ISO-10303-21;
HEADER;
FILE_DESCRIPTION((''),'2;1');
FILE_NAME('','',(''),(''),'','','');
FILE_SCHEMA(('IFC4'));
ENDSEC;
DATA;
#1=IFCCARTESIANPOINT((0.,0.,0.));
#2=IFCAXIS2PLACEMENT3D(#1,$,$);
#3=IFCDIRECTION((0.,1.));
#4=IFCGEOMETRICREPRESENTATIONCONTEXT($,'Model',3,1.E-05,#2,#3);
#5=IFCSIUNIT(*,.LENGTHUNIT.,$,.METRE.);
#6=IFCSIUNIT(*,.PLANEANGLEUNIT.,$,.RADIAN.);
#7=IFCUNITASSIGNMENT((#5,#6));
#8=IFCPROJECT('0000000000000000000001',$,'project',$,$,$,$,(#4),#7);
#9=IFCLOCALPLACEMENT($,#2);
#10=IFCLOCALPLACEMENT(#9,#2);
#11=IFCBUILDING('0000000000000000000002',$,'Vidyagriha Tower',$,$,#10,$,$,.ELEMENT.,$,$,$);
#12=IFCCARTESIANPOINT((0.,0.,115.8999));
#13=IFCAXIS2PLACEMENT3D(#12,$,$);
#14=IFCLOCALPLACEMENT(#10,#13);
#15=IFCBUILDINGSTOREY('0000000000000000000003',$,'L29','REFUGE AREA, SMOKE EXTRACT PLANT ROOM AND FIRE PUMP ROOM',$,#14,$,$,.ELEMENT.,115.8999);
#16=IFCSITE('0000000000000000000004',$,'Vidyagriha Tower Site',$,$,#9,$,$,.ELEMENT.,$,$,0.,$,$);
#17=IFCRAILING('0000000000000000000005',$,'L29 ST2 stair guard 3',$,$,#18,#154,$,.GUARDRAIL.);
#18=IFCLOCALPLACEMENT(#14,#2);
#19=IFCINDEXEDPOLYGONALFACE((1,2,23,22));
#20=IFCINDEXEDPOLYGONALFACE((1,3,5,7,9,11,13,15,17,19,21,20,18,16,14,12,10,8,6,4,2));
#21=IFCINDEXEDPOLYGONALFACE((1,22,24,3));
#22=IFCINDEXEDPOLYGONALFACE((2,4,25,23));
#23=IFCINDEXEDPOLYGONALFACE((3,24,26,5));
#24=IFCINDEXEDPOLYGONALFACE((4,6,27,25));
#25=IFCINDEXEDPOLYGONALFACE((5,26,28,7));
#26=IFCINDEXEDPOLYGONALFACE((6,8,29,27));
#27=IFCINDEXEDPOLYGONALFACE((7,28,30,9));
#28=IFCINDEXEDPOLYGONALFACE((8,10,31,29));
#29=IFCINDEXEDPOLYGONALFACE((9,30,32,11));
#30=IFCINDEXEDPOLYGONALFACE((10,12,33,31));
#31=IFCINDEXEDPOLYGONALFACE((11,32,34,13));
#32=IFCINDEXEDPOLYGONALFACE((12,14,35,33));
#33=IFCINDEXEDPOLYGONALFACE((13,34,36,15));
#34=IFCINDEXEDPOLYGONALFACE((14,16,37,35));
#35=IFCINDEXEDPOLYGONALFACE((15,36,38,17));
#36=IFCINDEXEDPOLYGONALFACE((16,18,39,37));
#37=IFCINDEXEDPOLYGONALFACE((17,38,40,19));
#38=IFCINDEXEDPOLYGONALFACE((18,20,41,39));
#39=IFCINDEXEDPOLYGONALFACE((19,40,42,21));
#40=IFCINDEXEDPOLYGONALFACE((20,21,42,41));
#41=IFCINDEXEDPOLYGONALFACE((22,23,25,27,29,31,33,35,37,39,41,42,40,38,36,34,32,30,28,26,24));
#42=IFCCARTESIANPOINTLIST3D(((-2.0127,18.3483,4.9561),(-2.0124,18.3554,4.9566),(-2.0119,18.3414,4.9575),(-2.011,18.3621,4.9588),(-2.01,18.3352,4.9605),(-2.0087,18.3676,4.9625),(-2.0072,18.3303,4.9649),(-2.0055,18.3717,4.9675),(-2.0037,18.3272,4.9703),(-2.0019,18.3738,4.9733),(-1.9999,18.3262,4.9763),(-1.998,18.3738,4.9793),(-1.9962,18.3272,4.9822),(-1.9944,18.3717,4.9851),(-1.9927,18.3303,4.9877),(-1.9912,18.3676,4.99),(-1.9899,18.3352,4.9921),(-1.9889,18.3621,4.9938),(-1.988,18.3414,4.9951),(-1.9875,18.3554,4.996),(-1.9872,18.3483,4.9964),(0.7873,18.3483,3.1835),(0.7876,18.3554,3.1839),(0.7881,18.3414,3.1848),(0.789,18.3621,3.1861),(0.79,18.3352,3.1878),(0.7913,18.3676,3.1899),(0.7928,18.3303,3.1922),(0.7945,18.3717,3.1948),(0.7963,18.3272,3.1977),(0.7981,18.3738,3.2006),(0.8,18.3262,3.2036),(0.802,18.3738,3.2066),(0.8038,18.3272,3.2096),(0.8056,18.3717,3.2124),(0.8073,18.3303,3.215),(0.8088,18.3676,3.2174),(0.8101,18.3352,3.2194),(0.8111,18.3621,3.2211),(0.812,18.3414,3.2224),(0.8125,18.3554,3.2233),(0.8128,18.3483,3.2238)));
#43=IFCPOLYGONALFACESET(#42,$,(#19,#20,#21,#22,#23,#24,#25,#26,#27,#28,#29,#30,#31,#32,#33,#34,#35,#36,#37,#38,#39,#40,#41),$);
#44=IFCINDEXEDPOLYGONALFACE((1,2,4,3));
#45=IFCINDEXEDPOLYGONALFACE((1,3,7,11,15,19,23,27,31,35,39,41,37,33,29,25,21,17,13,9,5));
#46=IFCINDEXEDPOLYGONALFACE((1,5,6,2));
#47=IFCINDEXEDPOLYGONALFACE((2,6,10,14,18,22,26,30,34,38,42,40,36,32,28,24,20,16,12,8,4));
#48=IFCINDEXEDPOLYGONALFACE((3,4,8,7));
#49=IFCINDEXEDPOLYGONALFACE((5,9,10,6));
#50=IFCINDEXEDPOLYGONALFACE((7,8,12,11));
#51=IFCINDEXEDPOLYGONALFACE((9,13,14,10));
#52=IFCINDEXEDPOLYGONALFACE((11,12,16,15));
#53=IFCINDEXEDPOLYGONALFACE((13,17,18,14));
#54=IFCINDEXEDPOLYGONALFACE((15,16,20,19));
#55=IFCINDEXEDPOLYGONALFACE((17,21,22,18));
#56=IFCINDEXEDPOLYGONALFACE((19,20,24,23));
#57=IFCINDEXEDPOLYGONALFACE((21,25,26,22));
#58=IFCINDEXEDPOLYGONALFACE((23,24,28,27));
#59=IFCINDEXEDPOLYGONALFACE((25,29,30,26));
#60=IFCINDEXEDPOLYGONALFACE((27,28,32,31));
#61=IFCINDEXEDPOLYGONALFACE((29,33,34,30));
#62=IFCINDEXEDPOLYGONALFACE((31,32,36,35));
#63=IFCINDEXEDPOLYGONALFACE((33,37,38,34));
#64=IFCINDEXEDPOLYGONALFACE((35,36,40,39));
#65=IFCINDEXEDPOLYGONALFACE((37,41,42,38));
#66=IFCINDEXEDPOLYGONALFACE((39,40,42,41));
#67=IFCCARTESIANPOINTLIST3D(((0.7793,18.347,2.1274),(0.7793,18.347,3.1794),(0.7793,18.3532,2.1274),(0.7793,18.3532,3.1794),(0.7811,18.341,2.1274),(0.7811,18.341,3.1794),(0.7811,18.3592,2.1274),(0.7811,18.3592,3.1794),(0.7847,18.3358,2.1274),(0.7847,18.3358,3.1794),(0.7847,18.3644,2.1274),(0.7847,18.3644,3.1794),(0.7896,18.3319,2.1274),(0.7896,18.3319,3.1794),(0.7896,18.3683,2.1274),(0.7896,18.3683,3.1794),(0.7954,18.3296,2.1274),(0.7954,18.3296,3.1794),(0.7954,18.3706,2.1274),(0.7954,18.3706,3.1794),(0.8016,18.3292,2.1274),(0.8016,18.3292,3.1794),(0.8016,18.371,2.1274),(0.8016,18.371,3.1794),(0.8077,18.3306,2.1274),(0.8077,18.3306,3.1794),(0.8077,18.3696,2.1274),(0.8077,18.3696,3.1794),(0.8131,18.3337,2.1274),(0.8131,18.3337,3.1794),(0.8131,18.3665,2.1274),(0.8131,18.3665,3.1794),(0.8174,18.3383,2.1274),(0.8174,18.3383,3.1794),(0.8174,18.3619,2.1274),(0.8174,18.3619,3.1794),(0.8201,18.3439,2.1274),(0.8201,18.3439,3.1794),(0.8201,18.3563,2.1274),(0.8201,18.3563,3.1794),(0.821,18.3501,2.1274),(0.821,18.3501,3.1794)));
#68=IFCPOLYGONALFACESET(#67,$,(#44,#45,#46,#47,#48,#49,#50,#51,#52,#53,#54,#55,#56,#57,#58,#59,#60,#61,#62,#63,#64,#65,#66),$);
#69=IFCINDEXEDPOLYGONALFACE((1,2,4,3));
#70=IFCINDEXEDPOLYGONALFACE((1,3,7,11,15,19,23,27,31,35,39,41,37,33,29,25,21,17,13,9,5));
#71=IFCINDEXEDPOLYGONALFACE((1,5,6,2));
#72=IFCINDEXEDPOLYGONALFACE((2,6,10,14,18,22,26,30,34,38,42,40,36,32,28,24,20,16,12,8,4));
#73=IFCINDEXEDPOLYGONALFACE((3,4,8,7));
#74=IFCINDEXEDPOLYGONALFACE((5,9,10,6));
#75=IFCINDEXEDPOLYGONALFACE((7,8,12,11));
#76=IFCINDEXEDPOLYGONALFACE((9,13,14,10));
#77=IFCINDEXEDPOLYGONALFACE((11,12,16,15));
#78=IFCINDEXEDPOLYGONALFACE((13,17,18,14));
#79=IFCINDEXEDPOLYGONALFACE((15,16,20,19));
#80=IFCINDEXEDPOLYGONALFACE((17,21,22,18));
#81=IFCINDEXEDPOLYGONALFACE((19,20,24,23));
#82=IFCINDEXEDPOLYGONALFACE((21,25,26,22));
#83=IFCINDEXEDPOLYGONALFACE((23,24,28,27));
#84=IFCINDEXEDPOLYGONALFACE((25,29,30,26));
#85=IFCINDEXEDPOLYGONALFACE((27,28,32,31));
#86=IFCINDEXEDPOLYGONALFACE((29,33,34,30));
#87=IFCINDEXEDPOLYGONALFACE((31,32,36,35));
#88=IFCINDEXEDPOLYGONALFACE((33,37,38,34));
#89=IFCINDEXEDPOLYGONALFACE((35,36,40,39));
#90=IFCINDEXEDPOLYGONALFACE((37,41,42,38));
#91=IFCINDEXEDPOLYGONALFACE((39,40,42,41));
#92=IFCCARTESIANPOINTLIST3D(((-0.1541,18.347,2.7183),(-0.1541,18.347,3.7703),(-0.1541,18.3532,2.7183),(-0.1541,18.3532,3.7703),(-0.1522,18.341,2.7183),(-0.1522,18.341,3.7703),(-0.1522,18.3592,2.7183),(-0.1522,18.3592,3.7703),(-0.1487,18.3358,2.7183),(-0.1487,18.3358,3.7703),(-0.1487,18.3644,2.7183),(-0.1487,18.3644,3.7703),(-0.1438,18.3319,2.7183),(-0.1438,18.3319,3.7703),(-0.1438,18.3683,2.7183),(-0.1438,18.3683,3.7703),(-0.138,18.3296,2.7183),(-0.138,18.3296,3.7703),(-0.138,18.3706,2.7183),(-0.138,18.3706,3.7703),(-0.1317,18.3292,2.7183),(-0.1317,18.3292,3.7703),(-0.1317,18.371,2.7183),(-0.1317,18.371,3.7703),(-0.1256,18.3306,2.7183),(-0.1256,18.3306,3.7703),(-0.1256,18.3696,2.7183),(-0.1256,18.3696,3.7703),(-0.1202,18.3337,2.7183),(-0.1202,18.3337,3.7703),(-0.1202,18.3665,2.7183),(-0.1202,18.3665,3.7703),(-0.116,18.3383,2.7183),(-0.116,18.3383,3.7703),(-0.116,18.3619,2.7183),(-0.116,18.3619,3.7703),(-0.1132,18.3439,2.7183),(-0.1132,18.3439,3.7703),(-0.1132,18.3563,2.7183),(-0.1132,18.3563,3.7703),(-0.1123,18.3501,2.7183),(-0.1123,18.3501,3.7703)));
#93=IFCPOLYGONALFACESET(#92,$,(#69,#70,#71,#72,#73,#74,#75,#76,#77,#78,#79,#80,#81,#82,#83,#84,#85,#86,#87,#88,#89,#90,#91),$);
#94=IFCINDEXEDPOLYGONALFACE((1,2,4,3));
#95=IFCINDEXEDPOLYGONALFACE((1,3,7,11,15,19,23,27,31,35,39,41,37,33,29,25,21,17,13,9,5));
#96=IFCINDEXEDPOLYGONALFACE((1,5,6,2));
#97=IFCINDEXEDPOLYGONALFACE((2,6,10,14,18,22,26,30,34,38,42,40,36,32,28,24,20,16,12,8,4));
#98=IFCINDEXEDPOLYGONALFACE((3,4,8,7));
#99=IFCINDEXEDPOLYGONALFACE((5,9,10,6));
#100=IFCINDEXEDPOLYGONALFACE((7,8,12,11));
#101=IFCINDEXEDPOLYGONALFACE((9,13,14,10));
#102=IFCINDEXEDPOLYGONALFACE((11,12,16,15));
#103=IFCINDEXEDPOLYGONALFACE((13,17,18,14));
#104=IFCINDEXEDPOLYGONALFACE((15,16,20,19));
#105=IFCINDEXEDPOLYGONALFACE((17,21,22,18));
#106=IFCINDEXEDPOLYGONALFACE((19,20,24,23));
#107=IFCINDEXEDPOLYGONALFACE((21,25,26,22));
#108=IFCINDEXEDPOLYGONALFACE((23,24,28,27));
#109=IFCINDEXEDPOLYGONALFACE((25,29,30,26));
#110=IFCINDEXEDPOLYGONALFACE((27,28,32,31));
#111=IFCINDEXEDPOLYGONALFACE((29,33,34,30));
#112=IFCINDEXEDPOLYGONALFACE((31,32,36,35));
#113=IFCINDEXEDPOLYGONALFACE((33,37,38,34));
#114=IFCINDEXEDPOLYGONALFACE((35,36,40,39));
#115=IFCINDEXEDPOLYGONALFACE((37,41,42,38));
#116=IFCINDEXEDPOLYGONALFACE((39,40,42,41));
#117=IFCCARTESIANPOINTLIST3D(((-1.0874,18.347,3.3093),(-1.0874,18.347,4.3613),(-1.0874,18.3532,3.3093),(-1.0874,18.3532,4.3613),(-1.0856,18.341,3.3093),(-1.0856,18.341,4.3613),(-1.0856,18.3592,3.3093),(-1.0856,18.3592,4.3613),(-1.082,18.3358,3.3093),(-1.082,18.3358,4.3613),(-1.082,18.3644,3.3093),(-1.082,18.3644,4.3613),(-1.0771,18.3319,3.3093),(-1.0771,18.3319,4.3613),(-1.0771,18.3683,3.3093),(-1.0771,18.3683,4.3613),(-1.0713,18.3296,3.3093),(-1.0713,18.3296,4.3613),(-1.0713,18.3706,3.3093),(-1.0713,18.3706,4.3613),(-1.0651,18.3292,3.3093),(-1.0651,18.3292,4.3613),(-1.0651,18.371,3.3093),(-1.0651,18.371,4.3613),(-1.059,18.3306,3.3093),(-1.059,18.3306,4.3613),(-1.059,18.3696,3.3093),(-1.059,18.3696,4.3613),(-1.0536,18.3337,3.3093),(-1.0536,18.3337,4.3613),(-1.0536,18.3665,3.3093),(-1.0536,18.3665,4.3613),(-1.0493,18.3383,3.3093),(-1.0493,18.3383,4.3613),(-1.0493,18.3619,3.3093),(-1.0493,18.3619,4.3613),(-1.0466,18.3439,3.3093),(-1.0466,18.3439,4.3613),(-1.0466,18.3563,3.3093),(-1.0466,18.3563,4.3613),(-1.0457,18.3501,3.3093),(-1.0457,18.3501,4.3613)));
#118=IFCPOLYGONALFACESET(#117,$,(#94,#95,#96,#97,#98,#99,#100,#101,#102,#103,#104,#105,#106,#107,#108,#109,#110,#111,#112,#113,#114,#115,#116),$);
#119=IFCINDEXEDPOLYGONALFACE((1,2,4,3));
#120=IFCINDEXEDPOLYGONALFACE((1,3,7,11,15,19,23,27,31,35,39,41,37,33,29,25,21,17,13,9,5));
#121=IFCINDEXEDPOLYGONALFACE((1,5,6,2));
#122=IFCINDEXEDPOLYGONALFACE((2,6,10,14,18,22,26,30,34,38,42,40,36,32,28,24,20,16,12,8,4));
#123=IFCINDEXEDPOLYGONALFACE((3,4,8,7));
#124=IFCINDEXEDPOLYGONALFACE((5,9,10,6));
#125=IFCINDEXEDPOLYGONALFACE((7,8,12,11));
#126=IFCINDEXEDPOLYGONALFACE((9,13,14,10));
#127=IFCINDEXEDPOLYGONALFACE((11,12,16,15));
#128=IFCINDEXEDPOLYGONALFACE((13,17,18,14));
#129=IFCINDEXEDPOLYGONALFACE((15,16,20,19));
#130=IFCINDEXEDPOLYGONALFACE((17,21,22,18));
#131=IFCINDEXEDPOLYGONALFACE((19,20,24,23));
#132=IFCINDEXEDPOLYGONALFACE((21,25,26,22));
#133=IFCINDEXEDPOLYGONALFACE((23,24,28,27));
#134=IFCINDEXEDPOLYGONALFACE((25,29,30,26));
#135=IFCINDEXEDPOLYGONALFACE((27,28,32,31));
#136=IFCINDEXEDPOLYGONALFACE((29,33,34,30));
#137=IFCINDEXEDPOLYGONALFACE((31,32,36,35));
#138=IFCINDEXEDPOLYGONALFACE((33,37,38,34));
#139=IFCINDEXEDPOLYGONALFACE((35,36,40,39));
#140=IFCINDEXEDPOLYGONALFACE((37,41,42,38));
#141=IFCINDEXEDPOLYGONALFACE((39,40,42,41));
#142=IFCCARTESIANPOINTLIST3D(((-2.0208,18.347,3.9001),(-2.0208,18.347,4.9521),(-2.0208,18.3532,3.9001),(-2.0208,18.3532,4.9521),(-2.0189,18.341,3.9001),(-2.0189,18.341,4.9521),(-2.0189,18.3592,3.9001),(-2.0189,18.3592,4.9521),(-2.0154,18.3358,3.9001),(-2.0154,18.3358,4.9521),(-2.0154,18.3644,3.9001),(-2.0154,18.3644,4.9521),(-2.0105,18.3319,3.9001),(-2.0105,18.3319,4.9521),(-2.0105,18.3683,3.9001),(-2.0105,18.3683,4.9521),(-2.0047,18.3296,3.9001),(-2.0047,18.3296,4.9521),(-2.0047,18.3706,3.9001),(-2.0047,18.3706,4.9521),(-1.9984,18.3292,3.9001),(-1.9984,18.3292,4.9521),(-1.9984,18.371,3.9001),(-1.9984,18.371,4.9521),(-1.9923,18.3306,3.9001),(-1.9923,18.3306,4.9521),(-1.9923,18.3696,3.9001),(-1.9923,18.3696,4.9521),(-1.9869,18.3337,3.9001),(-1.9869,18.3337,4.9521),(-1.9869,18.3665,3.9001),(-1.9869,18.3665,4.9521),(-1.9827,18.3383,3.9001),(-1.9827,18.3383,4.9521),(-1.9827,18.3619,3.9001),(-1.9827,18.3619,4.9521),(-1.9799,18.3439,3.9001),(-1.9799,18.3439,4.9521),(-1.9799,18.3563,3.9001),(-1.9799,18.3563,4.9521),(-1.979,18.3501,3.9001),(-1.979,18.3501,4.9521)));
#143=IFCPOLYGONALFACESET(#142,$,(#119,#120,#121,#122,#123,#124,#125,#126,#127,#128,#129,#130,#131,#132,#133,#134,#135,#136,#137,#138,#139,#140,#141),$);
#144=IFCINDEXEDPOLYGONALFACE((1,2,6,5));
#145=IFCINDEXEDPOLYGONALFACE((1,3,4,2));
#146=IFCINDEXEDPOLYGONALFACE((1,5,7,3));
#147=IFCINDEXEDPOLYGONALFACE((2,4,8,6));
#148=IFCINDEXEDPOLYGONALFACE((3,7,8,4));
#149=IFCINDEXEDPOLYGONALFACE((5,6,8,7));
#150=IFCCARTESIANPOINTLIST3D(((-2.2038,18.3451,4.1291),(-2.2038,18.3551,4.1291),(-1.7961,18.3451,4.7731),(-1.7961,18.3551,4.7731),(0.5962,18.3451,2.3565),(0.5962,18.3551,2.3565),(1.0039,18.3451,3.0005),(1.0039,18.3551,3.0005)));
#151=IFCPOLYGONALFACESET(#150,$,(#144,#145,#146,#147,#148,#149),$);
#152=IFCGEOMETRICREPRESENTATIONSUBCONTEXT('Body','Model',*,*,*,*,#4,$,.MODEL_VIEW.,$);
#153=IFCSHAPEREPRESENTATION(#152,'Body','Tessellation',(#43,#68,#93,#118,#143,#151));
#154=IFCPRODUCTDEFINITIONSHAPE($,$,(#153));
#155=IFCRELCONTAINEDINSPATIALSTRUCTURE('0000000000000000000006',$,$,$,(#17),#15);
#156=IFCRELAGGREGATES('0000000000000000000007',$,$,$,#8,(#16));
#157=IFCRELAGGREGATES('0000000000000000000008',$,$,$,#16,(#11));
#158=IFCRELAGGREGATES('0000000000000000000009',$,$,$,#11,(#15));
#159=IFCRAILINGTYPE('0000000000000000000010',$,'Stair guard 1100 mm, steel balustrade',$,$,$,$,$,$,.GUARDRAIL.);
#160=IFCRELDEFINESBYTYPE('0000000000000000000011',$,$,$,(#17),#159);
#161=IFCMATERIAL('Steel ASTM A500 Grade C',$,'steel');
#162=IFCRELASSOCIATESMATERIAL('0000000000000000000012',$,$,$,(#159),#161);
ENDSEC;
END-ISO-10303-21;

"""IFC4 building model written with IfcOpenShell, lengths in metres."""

from ifc_helpers import new_model, si_unit, direction, frame, origin, origin_2d, place, context, subcontext, project, spatial, rectangle, circle, extrude, material, type_object, element, save


model = new_model("IFC4")

# Units and contexts
model_context = context("Model", 3, precision=1e-05, world=origin(), true_north=direction((0.0, 1.0)))
body_context = subcontext(model_context, "Body", "Model", "MODEL_VIEW")
ifc_project = project(units=[si_unit("LENGTHUNIT", "METRE"), si_unit("PLANEANGLEUNIT", "RADIAN")], contexts=[model_context])

# Site, building, storey
site_placement = place(None, origin())
site = spatial("IfcSite", under=ifc_project, at=site_placement, Name="Vidyagriha Tower Site", CompositionType="ELEMENT", RefElevation=0.0)
building_placement = place(site_placement, origin())
building = spatial("IfcBuilding", under=site, at=building_placement, Name="Vidyagriha Tower", CompositionType="ELEMENT")
storey_placement = place(building_placement, frame((0.0, 0.0, 115.8999)))
storey = spatial("IfcBuildingStorey", under=building, at=storey_placement, Name="L29", Description="REFUGE AREA, SMOKE EXTRACT PLANT ROOM AND FIRE PUMP ROOM", CompositionType="ELEMENT", Elevation=115.8999)

# Railing
ifc_material_1 = material(Name="Steel ASTM A500 Grade C", Category="steel")
railing_type_1 = type_object("IfcRailingType", Name="Stair guard 1100 mm, steel balustrade", PredefinedType="GUARDRAIL", material=ifc_material_1)
railing_1_placement = place(storey_placement, frame((0.8, 18.3501, 2.1274)))
element("IfcRailing", 1, at=railing_1_placement, inside=storey, type_object=railing_type_1, Name="L29 ST2 stair guard 3", PredefinedType="GUARDRAIL", context=body_context, shape_type="SweptSolid", body=[
    extrude(circle(Radius=0.0239, at=origin_2d()), frame((0.0, 0.0, 1.0762), z_axis=(-0.844909, 0.0, 0.53491), x_axis=(0.0, -1.0, 0.0)), (0.0, 0.0, 1.0), 3.314),
    extrude(circle(Radius=0.021, at=origin_2d()), origin(), (0.0, 0.0, 1.0), 1.052),
    extrude(circle(Radius=0.021, at=origin_2d()), frame((-0.9333, 0.0, 0.5908)), (0.0, 0.0, 1.0), 1.052),
    extrude(circle(Radius=0.021, at=origin_2d()), frame((-1.8667, 0.0, 1.1819)), (0.0, 0.0, 1.0), 1.052),
    extrude(circle(Radius=0.021, at=origin_2d()), frame((-2.8, 0.0, 1.7727)), (0.0, 0.0, 1.0), 1.052),
    extrude(rectangle(XDim=0.01, YDim=0.7622, at=origin_2d()), frame((0.0, 0.0, 0.551), z_axis=(-0.844909, 0.0, 0.53491), x_axis=(0.0, -1.0, 0.0)), (0.0, 0.0, 1.0), 3.314),
])

save(model, "model.ifc")
